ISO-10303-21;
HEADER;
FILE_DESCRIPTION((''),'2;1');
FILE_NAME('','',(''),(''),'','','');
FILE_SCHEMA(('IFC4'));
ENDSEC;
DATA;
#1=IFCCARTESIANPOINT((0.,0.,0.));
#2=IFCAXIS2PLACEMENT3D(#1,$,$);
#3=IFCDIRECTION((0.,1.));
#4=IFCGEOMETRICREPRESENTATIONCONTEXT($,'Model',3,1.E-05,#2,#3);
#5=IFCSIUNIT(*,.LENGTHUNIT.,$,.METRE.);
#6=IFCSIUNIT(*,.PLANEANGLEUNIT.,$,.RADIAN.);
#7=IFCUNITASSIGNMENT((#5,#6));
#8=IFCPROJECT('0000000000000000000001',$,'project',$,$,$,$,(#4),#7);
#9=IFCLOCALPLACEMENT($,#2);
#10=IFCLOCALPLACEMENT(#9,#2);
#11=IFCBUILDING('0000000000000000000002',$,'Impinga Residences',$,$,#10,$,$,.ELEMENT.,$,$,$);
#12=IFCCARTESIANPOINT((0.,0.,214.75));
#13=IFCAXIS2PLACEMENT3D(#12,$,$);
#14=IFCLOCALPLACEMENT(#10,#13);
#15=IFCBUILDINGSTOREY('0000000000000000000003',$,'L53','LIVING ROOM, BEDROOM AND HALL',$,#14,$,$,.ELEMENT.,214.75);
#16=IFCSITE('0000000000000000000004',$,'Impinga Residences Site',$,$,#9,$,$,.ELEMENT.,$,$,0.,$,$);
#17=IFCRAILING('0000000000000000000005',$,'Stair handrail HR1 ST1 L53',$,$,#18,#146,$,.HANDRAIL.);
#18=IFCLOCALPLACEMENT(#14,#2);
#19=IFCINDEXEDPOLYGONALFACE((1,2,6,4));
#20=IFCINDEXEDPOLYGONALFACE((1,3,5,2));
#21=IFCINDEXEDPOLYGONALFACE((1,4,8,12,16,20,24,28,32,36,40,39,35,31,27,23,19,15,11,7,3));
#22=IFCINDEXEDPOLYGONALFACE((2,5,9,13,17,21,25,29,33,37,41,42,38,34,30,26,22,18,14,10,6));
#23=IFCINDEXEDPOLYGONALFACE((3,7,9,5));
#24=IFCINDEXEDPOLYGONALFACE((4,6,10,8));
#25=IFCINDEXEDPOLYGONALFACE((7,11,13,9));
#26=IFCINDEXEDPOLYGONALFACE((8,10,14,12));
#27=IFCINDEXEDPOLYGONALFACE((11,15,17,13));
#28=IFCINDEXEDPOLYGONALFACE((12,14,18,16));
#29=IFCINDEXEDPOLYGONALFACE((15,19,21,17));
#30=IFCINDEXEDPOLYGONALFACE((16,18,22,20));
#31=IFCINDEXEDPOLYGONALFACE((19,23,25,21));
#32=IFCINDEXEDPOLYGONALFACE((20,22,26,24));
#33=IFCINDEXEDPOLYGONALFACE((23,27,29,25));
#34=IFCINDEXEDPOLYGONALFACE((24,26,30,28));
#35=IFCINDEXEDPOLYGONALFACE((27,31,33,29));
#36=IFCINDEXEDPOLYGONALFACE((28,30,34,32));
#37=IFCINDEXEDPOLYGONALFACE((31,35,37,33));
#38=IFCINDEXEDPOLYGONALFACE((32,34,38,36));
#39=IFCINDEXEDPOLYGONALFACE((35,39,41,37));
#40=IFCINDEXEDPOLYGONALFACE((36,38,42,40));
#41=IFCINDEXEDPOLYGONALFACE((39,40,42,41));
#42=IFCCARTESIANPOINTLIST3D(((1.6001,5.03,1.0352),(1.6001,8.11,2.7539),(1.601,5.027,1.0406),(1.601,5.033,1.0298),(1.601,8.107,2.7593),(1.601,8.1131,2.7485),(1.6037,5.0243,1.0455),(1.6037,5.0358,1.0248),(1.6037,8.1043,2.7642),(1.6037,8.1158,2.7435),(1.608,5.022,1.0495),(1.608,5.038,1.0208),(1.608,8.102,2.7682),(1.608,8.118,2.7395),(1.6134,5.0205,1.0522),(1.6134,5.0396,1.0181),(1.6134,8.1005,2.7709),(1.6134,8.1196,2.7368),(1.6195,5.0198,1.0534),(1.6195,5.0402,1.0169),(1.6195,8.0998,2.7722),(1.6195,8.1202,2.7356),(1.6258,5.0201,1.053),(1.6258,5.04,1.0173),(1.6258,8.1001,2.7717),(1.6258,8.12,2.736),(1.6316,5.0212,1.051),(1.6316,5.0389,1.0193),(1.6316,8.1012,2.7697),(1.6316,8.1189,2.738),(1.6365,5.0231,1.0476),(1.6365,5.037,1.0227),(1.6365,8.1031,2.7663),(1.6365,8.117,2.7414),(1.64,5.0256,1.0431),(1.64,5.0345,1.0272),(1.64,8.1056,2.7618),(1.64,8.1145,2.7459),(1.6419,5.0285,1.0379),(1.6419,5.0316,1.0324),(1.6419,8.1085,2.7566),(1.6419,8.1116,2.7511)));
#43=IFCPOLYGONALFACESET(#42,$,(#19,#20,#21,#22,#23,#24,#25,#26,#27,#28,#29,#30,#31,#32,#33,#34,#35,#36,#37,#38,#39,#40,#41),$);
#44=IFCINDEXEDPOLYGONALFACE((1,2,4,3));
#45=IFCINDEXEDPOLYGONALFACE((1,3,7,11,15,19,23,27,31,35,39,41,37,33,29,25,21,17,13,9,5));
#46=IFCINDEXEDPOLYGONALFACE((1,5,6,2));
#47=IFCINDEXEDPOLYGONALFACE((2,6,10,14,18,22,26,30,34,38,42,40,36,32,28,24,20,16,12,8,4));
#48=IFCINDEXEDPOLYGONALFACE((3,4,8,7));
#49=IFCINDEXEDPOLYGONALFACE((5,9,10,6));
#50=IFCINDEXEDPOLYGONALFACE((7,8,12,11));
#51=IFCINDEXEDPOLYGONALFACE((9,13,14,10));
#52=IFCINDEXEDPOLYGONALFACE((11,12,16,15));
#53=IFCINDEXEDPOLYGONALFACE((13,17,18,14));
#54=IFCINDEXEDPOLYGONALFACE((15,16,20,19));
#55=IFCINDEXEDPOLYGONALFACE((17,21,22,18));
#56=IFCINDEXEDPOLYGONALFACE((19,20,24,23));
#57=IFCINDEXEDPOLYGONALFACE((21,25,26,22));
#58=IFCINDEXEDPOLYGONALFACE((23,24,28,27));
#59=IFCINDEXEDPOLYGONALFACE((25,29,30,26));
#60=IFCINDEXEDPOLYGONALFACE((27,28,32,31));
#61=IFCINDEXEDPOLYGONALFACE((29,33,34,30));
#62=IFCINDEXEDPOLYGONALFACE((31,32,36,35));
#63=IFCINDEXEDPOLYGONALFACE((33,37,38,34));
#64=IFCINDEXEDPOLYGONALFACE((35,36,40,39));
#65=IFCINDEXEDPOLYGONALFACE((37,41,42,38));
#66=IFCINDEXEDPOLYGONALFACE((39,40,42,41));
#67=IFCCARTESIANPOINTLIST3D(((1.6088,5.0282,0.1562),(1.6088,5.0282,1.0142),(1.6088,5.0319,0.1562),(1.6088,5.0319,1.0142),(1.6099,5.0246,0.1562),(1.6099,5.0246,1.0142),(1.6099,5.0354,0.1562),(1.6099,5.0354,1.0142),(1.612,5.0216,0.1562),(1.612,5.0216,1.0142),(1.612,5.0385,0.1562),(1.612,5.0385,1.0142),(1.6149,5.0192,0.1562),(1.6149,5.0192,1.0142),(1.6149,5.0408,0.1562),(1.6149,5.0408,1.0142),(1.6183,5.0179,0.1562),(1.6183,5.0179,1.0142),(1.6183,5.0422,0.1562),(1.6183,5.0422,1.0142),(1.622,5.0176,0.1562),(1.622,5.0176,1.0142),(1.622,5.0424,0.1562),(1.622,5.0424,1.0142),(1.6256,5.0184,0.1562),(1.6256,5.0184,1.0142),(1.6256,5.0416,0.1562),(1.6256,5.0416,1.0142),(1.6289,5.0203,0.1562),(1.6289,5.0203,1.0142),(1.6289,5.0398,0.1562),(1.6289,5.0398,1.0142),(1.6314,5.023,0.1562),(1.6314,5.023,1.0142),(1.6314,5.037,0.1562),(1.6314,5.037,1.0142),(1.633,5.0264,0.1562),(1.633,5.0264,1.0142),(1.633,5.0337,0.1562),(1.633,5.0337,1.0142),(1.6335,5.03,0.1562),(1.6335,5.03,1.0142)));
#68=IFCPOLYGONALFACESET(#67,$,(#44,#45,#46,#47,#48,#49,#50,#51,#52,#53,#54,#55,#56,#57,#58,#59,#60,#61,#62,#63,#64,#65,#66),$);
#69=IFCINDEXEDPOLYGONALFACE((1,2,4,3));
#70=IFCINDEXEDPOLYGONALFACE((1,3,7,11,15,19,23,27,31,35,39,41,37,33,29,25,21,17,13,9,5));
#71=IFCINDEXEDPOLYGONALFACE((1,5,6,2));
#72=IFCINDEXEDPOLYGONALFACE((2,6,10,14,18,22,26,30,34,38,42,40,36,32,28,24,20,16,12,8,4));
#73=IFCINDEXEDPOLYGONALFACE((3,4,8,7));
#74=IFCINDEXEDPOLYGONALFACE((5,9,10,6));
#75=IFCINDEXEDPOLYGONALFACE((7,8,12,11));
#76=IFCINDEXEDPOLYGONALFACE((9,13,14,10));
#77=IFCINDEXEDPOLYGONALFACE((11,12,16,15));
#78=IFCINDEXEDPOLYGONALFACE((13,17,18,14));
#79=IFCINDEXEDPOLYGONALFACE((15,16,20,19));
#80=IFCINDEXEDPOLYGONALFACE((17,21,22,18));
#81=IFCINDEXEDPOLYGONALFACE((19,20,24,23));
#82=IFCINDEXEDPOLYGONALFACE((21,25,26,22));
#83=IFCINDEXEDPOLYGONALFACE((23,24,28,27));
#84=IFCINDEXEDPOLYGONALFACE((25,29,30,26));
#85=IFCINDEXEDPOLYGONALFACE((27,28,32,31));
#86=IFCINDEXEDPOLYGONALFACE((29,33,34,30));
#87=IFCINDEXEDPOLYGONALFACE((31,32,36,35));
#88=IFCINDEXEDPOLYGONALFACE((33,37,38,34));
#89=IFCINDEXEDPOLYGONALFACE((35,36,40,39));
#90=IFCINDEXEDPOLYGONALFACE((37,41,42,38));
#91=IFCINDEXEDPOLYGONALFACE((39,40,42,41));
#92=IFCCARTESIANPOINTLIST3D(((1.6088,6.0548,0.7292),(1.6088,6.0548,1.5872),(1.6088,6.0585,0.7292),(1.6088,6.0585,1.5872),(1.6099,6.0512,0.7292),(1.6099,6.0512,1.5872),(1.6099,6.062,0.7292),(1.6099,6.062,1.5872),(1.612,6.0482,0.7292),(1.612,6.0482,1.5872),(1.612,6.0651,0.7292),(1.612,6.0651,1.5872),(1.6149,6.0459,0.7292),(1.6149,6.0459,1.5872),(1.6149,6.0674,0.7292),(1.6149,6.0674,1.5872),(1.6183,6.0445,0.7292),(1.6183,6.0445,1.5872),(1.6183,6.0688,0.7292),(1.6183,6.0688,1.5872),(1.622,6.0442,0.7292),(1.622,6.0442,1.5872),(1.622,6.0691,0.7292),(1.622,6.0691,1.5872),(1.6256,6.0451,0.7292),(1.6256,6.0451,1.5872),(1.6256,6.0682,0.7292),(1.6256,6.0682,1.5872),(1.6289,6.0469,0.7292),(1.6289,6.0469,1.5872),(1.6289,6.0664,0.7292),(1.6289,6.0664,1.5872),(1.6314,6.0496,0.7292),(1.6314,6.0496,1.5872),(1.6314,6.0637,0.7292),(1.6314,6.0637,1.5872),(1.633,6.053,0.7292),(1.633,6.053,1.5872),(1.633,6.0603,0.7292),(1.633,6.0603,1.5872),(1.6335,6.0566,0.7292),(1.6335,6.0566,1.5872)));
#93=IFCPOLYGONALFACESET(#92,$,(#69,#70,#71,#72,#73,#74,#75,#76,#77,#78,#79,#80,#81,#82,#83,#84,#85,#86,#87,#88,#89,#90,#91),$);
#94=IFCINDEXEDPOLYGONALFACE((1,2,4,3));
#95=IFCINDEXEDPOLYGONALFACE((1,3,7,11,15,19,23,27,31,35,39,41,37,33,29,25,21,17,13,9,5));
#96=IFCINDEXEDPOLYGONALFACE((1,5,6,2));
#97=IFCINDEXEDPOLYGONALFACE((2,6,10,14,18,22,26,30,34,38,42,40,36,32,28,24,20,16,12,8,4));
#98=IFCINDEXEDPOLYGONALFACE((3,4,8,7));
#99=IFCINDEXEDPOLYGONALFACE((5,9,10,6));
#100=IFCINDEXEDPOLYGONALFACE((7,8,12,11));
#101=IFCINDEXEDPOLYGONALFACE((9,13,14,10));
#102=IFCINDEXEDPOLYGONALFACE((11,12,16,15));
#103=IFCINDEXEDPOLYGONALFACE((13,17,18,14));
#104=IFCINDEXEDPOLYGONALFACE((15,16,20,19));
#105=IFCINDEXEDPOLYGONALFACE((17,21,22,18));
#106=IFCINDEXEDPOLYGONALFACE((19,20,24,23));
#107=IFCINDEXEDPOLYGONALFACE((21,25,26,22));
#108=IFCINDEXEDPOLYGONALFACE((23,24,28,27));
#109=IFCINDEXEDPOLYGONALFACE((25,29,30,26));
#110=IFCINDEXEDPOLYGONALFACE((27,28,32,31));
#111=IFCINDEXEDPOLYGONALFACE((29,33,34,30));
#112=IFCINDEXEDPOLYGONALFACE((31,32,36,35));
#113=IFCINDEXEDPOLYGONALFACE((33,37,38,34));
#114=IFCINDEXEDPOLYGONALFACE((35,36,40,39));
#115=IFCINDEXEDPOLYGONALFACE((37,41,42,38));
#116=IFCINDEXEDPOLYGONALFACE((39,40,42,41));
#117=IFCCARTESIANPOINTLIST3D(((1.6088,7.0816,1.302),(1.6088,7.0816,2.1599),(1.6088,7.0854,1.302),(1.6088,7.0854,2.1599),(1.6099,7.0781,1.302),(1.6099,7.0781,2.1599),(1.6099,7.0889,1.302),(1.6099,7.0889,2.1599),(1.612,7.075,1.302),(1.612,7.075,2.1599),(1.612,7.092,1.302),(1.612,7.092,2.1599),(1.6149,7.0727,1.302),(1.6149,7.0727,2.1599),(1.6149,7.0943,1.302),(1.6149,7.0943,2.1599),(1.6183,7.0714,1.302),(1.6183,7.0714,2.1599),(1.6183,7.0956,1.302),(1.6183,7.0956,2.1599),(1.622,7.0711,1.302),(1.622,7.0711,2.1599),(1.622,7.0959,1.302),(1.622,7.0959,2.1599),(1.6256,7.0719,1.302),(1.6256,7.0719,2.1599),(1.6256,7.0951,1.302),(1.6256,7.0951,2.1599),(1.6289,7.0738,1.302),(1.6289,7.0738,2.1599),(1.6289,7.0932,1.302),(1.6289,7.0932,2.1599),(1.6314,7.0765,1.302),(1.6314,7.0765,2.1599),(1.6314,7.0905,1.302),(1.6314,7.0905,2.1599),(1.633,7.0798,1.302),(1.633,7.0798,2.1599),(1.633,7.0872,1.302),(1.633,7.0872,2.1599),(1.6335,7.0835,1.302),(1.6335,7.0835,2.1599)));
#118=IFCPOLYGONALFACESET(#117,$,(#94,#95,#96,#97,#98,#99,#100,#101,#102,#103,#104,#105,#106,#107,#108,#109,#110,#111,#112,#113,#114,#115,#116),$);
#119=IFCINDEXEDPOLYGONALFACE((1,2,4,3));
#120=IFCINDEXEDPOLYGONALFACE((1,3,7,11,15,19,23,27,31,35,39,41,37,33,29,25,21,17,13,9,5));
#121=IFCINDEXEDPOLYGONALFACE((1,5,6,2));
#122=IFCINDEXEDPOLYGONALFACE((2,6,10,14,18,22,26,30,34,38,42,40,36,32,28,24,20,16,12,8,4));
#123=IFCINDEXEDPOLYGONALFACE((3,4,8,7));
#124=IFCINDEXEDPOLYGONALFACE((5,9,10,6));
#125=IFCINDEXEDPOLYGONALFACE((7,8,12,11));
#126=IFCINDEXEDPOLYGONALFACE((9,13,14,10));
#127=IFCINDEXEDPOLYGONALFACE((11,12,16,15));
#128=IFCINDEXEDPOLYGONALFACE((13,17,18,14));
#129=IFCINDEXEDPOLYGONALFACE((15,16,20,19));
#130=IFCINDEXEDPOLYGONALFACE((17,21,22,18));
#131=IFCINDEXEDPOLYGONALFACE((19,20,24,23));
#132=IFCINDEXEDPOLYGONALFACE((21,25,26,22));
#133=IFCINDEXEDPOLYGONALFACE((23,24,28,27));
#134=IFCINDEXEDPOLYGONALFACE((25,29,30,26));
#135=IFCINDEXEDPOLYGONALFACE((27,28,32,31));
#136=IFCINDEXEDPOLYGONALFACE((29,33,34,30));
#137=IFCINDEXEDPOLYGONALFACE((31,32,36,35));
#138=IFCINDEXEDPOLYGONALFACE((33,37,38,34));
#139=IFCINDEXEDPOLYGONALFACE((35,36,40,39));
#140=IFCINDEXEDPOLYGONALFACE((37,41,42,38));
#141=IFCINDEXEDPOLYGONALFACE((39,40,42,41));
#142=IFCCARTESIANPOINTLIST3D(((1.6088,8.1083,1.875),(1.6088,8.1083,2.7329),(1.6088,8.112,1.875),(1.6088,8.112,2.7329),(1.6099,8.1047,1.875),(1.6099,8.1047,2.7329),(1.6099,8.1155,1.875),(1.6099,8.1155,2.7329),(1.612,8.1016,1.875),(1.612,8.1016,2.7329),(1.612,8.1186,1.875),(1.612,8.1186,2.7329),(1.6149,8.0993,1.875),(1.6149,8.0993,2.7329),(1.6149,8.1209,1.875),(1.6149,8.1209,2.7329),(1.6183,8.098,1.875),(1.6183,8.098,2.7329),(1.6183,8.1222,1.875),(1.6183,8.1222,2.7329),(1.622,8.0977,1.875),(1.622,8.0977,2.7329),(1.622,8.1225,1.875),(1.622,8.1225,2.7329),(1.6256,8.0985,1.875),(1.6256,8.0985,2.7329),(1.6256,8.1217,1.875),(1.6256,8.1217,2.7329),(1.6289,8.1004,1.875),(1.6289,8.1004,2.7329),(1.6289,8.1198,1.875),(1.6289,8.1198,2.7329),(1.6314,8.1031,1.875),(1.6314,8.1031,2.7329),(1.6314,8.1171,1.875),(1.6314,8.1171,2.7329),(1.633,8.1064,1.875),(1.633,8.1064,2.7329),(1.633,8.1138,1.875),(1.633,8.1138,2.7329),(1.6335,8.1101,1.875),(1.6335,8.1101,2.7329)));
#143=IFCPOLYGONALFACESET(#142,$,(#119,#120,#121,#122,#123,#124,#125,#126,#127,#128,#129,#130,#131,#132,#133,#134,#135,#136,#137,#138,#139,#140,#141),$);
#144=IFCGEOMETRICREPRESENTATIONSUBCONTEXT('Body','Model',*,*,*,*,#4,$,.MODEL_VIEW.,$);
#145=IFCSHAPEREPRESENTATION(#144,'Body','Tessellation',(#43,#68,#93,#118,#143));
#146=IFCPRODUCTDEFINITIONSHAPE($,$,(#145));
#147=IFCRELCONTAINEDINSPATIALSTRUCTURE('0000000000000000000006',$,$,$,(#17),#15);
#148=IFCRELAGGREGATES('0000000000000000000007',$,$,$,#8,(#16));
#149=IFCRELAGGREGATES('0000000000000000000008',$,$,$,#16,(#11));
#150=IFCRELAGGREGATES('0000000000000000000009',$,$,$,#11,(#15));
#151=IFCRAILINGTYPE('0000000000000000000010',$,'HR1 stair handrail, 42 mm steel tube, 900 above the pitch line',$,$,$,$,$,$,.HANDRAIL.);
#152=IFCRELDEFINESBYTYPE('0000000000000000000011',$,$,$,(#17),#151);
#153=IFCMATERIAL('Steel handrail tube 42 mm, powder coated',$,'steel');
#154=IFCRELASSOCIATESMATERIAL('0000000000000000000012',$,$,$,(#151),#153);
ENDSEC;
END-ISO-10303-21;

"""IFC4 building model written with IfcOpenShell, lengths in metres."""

from ifc_helpers import new_model, si_unit, direction, frame, origin, origin_2d, place, context, subcontext, project, spatial, circle, extrude, material, type_object, element, save


model = new_model("IFC4")

# Units and contexts
model_context = context("Model", 3, precision=1e-05, world=origin(), true_north=direction((0.0, 1.0)))
body_context = subcontext(model_context, "Body", "Model", "MODEL_VIEW")
ifc_project = project(units=[si_unit("LENGTHUNIT", "METRE"), si_unit("PLANEANGLEUNIT", "RADIAN")], contexts=[model_context])

# Site, building, storey
site_placement = place(None, origin())
site = spatial("IfcSite", under=ifc_project, at=site_placement, Name="Impinga Residences Site", CompositionType="ELEMENT", RefElevation=0.0)
building_placement = place(site_placement, origin())
building = spatial("IfcBuilding", under=site, at=building_placement, Name="Impinga Residences", CompositionType="ELEMENT")
storey_placement = place(building_placement, frame((0.0, 0.0, 214.75)))
storey = spatial("IfcBuildingStorey", under=building, at=storey_placement, Name="L53", Description="LIVING ROOM, BEDROOM AND HALL", CompositionType="ELEMENT", Elevation=214.75)

# Railing
ifc_material_1 = material(Name="Steel handrail tube 42 mm, powder coated", Category="steel")
railing_type = type_object("IfcRailingType", Name="HR1 stair handrail, 42 mm steel tube, 900 above the pitch line", PredefinedType="HANDRAIL", material=ifc_material_1)
railing_1_placement = place(storey_placement, frame((1.6211, 5.03, 0.1562)))
element("IfcRailing", 1, at=railing_1_placement, inside=storey, type_object=railing_type, Name="Stair handrail HR1 ST1 L53", PredefinedType="HANDRAIL", context=body_context, shape_type="SweptSolid", body=[
    extrude(circle(Radius=0.021, at=origin_2d()), frame((0.0, 0.0, 0.8789), z_axis=(0.0, 0.873242, 0.487288), x_axis=(-1.0, 0.0, 0.0)), (0.0, 0.0, 1.0), 3.5271),
    extrude(circle(Radius=0.0125, at=origin_2d()), origin(), (0.0, 0.0, 1.0), 0.8579),
    extrude(circle(Radius=0.0125, at=origin_2d()), frame((0.0, 1.0266, 0.573)), (0.0, 0.0, 1.0), 0.8579),
    extrude(circle(Radius=0.0125, at=origin_2d()), frame((0.0, 2.0535, 1.1458)), (0.0, 0.0, 1.0), 0.8579),
    extrude(circle(Radius=0.0125, at=origin_2d()), frame((0.0, 3.0801, 1.7188)), (0.0, 0.0, 1.0), 0.8579),
])

save(model, "model.ifc")
